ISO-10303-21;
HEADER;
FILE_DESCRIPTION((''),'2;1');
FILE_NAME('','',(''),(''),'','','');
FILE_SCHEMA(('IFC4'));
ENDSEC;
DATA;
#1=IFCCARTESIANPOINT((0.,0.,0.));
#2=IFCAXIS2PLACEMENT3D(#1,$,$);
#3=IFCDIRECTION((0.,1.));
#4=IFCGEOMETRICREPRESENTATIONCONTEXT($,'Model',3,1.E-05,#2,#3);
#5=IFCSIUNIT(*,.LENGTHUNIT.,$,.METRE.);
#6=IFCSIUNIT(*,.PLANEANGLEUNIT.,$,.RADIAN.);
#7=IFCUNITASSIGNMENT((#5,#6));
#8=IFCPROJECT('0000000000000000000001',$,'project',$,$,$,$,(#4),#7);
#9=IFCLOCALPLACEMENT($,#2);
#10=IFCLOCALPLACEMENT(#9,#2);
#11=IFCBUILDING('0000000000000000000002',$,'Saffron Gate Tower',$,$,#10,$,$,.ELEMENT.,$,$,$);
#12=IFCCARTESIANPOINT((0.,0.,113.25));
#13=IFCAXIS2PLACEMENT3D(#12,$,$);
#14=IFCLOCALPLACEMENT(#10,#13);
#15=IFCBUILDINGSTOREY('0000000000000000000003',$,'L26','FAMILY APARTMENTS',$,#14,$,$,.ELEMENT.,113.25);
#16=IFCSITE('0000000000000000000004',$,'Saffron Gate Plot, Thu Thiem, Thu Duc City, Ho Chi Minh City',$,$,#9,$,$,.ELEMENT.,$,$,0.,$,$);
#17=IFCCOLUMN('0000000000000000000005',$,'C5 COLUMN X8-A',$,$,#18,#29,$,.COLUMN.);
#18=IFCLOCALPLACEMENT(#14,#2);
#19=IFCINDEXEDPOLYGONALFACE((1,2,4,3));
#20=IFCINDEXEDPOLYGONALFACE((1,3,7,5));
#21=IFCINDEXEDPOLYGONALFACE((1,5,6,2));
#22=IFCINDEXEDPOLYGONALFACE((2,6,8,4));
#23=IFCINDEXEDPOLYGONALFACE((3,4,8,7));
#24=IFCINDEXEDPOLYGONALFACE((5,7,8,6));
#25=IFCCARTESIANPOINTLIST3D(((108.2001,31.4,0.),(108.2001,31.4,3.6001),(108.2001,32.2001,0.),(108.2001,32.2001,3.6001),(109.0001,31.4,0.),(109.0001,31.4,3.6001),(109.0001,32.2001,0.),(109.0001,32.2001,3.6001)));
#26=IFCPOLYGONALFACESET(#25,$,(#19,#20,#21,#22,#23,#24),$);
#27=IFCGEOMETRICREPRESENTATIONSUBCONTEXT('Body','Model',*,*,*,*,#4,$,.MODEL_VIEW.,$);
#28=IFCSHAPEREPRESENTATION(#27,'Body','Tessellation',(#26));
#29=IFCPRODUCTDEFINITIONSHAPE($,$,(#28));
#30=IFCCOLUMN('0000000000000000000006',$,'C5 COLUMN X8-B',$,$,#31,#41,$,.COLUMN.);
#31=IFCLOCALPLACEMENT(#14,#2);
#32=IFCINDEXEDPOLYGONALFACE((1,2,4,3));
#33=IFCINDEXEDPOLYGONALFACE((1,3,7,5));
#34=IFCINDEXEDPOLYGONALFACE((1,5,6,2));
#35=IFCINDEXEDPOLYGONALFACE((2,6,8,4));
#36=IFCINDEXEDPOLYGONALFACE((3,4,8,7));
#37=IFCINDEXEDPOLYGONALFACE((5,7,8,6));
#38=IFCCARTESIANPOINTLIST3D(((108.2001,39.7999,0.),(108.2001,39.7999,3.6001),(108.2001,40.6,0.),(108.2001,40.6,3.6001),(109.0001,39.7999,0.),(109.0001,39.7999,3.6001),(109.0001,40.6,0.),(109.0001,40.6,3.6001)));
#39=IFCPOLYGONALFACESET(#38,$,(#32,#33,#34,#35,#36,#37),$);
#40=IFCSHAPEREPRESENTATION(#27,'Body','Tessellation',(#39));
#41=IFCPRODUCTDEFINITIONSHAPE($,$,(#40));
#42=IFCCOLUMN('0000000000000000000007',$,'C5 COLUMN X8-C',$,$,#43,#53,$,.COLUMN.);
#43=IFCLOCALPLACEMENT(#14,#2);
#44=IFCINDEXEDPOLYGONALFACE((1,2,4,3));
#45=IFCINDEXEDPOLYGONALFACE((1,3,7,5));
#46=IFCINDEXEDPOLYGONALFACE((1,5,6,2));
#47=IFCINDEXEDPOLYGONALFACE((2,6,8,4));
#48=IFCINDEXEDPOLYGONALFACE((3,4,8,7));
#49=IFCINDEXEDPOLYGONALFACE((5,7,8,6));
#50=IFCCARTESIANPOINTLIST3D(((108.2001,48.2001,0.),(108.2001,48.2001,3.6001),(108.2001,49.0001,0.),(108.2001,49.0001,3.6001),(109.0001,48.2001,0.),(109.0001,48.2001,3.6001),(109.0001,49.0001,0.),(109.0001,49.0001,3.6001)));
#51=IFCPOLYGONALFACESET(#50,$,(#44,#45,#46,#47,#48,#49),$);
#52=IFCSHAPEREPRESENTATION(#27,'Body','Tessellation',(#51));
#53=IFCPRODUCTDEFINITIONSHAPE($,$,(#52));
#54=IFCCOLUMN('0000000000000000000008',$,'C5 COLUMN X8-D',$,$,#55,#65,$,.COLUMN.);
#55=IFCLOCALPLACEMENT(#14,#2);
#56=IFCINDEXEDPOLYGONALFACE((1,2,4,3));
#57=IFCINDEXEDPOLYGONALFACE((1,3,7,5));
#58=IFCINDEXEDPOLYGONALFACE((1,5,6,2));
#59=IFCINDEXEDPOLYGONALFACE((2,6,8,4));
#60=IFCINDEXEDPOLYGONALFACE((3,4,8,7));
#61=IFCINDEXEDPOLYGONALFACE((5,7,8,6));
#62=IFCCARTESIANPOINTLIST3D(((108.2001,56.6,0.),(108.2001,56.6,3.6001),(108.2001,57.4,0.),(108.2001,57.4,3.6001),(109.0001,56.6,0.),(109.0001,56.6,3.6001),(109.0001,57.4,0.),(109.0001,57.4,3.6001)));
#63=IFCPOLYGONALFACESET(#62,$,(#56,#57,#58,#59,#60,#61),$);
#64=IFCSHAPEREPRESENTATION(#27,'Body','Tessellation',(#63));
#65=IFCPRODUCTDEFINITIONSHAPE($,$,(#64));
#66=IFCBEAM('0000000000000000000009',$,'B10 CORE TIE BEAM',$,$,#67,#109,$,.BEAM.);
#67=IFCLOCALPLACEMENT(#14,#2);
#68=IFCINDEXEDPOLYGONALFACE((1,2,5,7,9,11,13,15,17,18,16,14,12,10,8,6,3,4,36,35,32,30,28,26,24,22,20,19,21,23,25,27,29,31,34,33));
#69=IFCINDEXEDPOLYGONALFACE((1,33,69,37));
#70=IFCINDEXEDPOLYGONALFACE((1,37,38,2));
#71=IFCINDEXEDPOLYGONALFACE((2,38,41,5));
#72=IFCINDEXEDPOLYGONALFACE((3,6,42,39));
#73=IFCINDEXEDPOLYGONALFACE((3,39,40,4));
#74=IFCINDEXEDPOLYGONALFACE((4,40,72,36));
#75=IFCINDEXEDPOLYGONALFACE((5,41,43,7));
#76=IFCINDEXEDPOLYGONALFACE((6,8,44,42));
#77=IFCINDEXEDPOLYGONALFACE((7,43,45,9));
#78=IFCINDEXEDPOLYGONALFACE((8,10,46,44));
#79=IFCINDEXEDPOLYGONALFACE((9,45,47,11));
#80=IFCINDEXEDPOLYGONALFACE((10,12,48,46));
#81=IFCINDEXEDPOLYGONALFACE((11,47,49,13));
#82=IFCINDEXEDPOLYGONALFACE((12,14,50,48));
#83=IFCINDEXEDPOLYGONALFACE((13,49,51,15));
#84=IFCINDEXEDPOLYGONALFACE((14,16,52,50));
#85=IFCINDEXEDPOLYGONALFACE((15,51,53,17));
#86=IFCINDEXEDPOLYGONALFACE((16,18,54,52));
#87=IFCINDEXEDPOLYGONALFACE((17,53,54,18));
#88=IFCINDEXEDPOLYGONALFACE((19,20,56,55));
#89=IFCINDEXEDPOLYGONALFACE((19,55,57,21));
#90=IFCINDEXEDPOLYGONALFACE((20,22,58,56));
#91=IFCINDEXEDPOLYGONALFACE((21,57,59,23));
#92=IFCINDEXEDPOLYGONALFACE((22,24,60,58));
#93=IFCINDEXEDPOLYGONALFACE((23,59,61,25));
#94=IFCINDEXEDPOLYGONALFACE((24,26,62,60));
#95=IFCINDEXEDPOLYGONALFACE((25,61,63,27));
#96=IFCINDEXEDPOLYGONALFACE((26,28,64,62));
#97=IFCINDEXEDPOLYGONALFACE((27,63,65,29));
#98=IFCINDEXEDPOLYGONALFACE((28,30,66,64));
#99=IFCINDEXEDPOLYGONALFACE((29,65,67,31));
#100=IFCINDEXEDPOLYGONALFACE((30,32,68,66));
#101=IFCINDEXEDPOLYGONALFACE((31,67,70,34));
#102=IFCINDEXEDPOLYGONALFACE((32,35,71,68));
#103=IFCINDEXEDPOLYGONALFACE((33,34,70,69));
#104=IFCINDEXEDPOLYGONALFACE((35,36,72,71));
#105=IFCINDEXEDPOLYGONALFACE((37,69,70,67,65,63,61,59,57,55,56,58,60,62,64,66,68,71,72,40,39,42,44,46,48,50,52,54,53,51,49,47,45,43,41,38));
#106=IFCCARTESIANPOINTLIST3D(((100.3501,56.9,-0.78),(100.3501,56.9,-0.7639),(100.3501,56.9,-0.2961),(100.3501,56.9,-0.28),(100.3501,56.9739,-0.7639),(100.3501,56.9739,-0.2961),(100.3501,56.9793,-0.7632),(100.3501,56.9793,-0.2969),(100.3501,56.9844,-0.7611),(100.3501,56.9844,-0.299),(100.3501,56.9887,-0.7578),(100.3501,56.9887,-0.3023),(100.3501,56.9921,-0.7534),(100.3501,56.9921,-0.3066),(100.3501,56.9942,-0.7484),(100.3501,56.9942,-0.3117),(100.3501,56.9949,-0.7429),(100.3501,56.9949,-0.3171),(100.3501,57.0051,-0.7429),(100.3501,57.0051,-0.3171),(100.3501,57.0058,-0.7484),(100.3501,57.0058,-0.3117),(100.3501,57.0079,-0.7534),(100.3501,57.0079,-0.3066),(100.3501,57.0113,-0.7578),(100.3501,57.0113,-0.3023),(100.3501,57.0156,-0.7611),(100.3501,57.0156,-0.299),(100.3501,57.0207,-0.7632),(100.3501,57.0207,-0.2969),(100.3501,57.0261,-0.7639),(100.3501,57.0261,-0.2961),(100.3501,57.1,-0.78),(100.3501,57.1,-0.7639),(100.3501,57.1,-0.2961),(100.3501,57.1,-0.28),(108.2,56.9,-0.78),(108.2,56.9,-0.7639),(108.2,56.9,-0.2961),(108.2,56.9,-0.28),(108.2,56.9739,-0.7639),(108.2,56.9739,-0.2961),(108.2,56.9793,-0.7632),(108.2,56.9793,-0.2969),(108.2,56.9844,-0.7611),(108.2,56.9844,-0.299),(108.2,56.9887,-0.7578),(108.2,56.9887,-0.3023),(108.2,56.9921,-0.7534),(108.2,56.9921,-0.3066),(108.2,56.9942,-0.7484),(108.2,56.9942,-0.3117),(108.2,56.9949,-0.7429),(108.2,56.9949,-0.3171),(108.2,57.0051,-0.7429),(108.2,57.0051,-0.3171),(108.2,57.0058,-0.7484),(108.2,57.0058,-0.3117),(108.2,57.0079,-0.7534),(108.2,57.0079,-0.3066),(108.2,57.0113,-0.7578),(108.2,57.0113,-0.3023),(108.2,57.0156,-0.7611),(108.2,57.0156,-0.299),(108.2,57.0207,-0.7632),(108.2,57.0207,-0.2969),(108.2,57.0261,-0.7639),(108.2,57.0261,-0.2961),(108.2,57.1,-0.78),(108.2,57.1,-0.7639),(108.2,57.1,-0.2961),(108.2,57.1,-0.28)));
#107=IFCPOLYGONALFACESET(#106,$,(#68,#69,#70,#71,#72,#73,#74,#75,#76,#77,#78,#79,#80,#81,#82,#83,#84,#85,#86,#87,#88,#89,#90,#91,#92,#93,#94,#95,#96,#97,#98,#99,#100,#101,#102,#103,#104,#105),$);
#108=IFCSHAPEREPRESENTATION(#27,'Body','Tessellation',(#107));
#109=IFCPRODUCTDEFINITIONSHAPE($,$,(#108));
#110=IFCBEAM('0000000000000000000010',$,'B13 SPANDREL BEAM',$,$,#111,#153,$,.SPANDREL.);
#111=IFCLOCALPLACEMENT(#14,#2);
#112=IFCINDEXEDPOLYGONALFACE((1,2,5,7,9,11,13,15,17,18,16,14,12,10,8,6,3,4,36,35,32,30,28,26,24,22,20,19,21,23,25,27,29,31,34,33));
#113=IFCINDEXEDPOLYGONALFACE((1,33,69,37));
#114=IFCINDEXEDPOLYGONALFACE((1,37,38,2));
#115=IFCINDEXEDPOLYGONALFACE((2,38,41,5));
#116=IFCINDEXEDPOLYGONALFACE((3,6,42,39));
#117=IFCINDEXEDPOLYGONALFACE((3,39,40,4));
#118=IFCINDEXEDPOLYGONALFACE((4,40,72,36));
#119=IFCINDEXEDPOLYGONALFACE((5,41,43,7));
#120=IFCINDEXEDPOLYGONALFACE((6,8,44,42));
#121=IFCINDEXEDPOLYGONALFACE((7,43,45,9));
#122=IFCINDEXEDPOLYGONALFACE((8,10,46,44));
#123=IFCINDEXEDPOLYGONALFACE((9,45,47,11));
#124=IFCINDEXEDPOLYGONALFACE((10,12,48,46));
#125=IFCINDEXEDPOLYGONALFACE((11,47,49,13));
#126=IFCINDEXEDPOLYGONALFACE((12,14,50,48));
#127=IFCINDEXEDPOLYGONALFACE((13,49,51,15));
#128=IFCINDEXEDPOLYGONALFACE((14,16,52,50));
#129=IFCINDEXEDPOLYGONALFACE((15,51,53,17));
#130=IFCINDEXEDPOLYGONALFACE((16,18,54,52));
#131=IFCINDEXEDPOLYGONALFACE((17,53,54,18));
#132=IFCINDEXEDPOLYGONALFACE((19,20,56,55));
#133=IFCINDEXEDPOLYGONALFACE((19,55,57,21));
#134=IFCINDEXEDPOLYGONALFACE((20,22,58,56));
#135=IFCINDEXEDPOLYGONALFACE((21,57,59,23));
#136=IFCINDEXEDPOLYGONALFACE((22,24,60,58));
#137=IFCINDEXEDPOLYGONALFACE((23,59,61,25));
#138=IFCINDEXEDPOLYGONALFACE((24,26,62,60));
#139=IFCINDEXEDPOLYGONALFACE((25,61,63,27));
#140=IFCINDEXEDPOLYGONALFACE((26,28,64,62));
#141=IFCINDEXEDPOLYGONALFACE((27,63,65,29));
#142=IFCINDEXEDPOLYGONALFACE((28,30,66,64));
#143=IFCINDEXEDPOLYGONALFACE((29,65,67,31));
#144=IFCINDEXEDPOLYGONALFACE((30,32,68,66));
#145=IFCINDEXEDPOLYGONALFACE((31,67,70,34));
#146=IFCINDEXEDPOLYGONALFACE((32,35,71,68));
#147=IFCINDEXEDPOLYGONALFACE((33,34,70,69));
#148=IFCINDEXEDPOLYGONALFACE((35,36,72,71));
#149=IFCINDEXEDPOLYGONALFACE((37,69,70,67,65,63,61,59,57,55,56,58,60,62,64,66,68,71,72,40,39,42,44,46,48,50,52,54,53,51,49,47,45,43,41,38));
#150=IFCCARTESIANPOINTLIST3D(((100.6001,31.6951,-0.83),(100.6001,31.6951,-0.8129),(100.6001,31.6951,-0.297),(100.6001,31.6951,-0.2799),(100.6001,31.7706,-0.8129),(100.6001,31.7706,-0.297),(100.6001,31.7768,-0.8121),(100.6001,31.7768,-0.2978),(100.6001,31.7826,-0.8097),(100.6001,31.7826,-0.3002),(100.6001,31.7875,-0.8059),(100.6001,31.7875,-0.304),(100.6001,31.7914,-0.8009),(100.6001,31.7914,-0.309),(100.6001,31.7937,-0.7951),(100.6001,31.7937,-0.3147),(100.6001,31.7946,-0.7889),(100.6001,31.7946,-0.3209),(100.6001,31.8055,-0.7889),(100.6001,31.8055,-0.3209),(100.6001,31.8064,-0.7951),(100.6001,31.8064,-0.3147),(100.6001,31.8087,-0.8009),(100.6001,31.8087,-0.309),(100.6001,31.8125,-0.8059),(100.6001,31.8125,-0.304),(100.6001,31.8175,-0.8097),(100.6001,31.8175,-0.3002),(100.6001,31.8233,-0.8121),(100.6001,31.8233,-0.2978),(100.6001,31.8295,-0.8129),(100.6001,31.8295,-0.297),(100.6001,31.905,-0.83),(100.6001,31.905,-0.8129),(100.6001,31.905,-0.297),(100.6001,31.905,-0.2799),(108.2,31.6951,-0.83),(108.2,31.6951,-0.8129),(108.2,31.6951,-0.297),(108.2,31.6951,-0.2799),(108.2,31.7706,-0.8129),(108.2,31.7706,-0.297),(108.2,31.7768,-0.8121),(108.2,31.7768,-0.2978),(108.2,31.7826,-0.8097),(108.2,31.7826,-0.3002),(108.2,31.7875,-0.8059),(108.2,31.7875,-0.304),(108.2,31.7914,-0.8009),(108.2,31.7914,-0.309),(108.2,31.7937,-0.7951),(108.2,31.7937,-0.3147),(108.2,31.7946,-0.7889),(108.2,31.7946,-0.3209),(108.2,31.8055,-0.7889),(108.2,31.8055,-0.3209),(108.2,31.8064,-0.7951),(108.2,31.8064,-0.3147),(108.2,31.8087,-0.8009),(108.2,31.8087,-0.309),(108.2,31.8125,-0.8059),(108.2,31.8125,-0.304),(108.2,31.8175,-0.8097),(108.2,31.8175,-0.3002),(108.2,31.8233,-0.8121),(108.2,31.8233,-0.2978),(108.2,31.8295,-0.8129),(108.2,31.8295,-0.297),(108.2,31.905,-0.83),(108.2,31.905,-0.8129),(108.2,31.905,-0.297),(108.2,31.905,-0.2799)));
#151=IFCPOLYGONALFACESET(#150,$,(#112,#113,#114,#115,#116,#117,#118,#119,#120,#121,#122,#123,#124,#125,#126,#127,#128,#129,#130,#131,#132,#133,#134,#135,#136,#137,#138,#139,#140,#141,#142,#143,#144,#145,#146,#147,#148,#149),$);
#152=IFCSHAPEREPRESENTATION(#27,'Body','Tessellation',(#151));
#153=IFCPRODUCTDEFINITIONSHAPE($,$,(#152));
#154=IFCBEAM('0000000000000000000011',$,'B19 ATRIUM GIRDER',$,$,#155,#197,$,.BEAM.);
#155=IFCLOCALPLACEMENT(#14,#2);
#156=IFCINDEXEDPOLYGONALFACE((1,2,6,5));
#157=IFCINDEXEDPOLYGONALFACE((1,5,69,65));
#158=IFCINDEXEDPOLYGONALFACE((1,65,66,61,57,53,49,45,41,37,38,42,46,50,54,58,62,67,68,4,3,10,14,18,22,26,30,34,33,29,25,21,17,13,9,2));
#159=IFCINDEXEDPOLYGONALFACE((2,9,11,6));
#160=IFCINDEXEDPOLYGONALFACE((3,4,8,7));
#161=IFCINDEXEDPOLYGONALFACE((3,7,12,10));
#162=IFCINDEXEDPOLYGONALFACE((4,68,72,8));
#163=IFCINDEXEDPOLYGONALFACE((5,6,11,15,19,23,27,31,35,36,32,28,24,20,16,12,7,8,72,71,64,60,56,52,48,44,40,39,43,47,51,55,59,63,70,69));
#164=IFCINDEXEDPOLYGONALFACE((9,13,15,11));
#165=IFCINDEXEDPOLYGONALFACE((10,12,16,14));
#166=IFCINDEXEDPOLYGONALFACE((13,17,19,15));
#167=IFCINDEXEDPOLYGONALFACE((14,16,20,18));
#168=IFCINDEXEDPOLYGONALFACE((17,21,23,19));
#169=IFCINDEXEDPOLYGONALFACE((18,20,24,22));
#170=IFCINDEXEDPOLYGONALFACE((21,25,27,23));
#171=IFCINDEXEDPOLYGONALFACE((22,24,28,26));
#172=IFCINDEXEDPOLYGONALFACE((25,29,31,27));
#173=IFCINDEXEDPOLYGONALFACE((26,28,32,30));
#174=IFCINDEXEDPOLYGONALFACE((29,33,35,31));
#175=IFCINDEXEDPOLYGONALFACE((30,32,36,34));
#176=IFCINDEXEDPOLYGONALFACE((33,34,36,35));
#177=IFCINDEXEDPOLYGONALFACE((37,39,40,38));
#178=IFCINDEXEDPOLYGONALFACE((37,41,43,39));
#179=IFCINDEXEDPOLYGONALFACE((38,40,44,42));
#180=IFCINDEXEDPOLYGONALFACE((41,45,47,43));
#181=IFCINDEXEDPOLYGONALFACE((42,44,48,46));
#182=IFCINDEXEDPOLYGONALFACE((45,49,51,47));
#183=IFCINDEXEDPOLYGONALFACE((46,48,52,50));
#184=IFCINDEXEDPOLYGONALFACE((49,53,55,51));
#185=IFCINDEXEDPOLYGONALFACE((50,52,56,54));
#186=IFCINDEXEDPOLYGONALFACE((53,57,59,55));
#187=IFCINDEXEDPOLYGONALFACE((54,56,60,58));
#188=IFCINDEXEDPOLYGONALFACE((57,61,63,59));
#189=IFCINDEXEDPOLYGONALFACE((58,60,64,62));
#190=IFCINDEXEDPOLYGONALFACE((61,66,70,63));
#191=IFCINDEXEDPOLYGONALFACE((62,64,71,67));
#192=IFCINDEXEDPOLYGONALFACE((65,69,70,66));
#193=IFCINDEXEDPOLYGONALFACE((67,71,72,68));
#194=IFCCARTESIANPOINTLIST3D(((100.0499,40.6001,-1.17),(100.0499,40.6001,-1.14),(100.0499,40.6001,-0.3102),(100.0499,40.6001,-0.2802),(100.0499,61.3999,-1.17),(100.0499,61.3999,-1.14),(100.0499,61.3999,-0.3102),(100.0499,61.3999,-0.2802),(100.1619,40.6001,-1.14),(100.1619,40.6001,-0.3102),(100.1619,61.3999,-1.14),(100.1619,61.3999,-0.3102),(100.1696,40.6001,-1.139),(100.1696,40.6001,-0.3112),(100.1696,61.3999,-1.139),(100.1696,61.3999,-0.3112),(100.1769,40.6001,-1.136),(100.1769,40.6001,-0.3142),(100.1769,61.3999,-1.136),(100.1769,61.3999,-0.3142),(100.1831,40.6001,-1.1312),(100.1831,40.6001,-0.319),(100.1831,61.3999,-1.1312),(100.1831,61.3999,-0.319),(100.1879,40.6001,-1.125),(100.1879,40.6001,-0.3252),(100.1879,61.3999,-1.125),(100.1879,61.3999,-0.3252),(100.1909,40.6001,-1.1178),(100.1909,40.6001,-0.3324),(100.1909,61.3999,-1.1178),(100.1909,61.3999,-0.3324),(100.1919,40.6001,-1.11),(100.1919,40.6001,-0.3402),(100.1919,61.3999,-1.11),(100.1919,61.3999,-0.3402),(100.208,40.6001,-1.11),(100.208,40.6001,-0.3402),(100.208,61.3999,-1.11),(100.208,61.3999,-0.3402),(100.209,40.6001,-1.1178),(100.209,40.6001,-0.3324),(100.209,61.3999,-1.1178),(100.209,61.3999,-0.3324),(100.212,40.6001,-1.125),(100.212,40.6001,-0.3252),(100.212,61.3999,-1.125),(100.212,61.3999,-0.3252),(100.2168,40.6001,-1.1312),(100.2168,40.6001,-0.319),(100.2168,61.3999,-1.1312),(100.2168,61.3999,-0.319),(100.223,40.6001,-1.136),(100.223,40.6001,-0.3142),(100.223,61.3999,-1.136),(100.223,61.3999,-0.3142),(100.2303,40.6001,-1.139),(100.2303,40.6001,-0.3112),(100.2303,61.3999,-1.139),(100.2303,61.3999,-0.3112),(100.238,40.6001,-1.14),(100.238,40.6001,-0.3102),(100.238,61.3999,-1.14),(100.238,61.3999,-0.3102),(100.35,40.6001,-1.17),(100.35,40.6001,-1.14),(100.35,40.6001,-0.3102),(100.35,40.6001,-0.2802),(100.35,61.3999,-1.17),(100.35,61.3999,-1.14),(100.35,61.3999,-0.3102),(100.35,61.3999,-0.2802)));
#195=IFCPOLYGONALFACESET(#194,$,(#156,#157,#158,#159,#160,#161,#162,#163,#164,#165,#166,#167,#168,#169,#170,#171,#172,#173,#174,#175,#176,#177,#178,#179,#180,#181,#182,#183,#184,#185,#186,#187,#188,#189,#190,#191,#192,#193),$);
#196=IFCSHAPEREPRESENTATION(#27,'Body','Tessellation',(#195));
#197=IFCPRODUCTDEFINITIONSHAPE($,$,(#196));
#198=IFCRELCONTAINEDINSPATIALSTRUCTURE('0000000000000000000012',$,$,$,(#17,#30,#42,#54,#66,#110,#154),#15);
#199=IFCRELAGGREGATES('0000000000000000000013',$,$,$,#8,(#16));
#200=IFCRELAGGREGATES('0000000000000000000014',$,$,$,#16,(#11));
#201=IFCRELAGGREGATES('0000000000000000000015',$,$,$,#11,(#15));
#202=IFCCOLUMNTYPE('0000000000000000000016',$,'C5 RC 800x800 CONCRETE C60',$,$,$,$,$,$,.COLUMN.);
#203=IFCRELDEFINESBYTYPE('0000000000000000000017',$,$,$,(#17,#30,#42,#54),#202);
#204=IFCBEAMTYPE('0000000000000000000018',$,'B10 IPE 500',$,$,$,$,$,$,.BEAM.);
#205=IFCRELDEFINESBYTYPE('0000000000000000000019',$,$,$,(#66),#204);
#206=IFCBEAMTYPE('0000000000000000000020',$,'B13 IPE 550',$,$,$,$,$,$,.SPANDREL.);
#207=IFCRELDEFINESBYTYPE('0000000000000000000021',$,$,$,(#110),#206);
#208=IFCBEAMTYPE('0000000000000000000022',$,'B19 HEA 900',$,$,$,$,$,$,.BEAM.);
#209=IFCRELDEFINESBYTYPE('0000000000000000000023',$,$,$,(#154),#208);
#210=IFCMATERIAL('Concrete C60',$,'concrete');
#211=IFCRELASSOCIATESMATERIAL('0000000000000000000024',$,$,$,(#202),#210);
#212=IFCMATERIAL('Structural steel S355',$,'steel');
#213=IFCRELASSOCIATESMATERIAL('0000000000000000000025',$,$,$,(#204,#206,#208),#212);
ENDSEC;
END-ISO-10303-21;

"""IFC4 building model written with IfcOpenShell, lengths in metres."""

from ifc_helpers import new_model, si_unit, direction, frame, origin, origin_2d, place, context, subcontext, project, spatial, rectangle, i_section, extrude, material, material_profile, profile_set, type_object, element, save


model = new_model("IFC4")

# Units and contexts
model_context = context("Model", 3, precision=1e-05, world=origin(), true_north=direction((0.0, 1.0)))
body_context = subcontext(model_context, "Body", "Model", "MODEL_VIEW")
ifc_project = project(units=[si_unit("LENGTHUNIT", "METRE"), si_unit("PLANEANGLEUNIT", "RADIAN")], contexts=[model_context])

# Site, building, storey
site_placement = place(None, origin())
site = spatial("IfcSite", under=ifc_project, at=site_placement, Name="Saffron Gate Plot, Thu Thiem, Thu Duc City, Ho Chi Minh City", CompositionType="ELEMENT", RefElevation=0.0)
building_placement = place(site_placement, origin())
building = spatial("IfcBuilding", under=site, at=building_placement, Name="Saffron Gate Tower", CompositionType="ELEMENT")
storey_placement = place(building_placement, frame((0.0, 0.0, 113.25)))
storey = spatial("IfcBuildingStorey", under=building, at=storey_placement, Name="L26", Description="FAMILY APARTMENTS", CompositionType="ELEMENT", Elevation=113.25)

# Columns
ifc_material_1 = material(Name="Concrete C60", Category="concrete")
ifc_material_profile_1 = material_profile(ifc_material_1, rectangle(XDim=0.8, YDim=0.8, at=origin_2d()))
ifc_profile_set_1 = profile_set([ifc_material_profile_1], Name="Concrete C60")
column_type = type_object("IfcColumnType", Name="C5 RC 800x800 CONCRETE C60", PredefinedType="COLUMN", material=ifc_profile_set_1)
for number, where, z_axis, x_axis, name in (
    (1, (108.6001, 31.8, 0.0), (0.0, 0.0, 1.0), (1.0, 0.0, 0.0), "C5 COLUMN X8-A"),
    (2, (108.6001, 40.2, 0.0), (0.0, 0.0, 1.0), (1.0, 0.0, 0.0), "C5 COLUMN X8-B"),
    (3, (108.6001, 48.6001, 0.0), (0.0, 0.0, 1.0), (1.0, 0.0, 0.0), "C5 COLUMN X8-C"),
    (4, (108.6001, 57.0, 0.0), (0.0, 0.0, 1.0), (1.0, 0.0, 0.0), "C5 COLUMN X8-D"),
):
    element("IfcColumn", number, at=place(storey_placement, frame(where, z_axis=z_axis, x_axis=x_axis)), inside=storey, type_object=column_type, Name=name, PredefinedType="COLUMN", context=body_context, shape_type="SweptSolid", body=[
        extrude(rectangle(XDim=0.8, YDim=0.8, at=origin_2d()), origin(), (0.0, 0.0, 1.0), 3.6001),
    ])

# Beams
ifc_material_2 = material(Name="Structural steel S355", Category="steel")
ifc_material_profile_2 = material_profile(ifc_material_2, i_section(OverallWidth=0.2, OverallDepth=0.5, WebThickness=0.0103, FlangeThickness=0.0161, FilletRadius=0.021, at=origin_2d()))
ifc_profile_set_2 = profile_set([ifc_material_profile_2], Name="Structural steel S355")
beam_type_1 = type_object("IfcBeamType", Name="B10 IPE 500", PredefinedType="BEAM", material=ifc_profile_set_2)
beam_1_placement = place(storey_placement, frame((108.2, 57.0, -0.53), z_axis=(-1.0, 0.0, 0.0), x_axis=(0.0, -1.0, 0.0)))
element("IfcBeam", 5, at=beam_1_placement, inside=storey, type_object=beam_type_1, Name="B10 CORE TIE BEAM", PredefinedType="BEAM", context=body_context, shape_type="SweptSolid", body=[
    extrude(i_section(OverallWidth=0.2, OverallDepth=0.5, WebThickness=0.0103, FlangeThickness=0.0161, FilletRadius=0.021, at=origin_2d()), origin(), (0.0, 0.0, 1.0), 7.8499),
])
ifc_material_profile_3 = material_profile(ifc_material_2, i_section(OverallWidth=0.21, OverallDepth=0.55, WebThickness=0.011, FlangeThickness=0.0171, FilletRadius=0.0239, at=origin_2d()))
ifc_profile_set_3 = profile_set([ifc_material_profile_3], Name="Structural steel S355")
beam_type_2 = type_object("IfcBeamType", Name="B13 IPE 550", PredefinedType="SPANDREL", material=ifc_profile_set_3)
beam_2_placement = place(storey_placement, frame((100.6001, 31.8, -0.5549), z_axis=(1.0, 0.0, 0.0), x_axis=(0.0, 1.0, 0.0)))
element("IfcBeam", 6, at=beam_2_placement, inside=storey, type_object=beam_type_2, Name="B13 SPANDREL BEAM", PredefinedType="SPANDREL", context=body_context, shape_type="SweptSolid", body=[
    extrude(i_section(OverallWidth=0.21, OverallDepth=0.55, WebThickness=0.011, FlangeThickness=0.0171, FilletRadius=0.0239, at=origin_2d()), origin(), (0.0, 0.0, 1.0), 7.5999),
])
ifc_material_profile_4 = material_profile(ifc_material_2, i_section(OverallWidth=0.3, OverallDepth=0.8899, WebThickness=0.0161, FlangeThickness=0.03, FilletRadius=0.03, at=origin_2d()))
ifc_profile_set_4 = profile_set([ifc_material_profile_4], Name="Structural steel S355")
beam_type_3 = type_object("IfcBeamType", Name="B19 HEA 900", PredefinedType="BEAM", material=ifc_profile_set_4)
beam_3_placement = place(storey_placement, frame((100.2, 40.6001, -0.7251), z_axis=(0.0, 1.0, 0.0), x_axis=(-1.0, 0.0, 0.0)))
element("IfcBeam", 7, at=beam_3_placement, inside=storey, type_object=beam_type_3, Name="B19 ATRIUM GIRDER", PredefinedType="BEAM", context=body_context, shape_type="SweptSolid", body=[
    extrude(i_section(OverallWidth=0.3, OverallDepth=0.8899, WebThickness=0.0161, FlangeThickness=0.03, FilletRadius=0.03, at=origin_2d()), origin(), (0.0, 0.0, 1.0), 20.7998),
])

save(model, "model.ifc")
